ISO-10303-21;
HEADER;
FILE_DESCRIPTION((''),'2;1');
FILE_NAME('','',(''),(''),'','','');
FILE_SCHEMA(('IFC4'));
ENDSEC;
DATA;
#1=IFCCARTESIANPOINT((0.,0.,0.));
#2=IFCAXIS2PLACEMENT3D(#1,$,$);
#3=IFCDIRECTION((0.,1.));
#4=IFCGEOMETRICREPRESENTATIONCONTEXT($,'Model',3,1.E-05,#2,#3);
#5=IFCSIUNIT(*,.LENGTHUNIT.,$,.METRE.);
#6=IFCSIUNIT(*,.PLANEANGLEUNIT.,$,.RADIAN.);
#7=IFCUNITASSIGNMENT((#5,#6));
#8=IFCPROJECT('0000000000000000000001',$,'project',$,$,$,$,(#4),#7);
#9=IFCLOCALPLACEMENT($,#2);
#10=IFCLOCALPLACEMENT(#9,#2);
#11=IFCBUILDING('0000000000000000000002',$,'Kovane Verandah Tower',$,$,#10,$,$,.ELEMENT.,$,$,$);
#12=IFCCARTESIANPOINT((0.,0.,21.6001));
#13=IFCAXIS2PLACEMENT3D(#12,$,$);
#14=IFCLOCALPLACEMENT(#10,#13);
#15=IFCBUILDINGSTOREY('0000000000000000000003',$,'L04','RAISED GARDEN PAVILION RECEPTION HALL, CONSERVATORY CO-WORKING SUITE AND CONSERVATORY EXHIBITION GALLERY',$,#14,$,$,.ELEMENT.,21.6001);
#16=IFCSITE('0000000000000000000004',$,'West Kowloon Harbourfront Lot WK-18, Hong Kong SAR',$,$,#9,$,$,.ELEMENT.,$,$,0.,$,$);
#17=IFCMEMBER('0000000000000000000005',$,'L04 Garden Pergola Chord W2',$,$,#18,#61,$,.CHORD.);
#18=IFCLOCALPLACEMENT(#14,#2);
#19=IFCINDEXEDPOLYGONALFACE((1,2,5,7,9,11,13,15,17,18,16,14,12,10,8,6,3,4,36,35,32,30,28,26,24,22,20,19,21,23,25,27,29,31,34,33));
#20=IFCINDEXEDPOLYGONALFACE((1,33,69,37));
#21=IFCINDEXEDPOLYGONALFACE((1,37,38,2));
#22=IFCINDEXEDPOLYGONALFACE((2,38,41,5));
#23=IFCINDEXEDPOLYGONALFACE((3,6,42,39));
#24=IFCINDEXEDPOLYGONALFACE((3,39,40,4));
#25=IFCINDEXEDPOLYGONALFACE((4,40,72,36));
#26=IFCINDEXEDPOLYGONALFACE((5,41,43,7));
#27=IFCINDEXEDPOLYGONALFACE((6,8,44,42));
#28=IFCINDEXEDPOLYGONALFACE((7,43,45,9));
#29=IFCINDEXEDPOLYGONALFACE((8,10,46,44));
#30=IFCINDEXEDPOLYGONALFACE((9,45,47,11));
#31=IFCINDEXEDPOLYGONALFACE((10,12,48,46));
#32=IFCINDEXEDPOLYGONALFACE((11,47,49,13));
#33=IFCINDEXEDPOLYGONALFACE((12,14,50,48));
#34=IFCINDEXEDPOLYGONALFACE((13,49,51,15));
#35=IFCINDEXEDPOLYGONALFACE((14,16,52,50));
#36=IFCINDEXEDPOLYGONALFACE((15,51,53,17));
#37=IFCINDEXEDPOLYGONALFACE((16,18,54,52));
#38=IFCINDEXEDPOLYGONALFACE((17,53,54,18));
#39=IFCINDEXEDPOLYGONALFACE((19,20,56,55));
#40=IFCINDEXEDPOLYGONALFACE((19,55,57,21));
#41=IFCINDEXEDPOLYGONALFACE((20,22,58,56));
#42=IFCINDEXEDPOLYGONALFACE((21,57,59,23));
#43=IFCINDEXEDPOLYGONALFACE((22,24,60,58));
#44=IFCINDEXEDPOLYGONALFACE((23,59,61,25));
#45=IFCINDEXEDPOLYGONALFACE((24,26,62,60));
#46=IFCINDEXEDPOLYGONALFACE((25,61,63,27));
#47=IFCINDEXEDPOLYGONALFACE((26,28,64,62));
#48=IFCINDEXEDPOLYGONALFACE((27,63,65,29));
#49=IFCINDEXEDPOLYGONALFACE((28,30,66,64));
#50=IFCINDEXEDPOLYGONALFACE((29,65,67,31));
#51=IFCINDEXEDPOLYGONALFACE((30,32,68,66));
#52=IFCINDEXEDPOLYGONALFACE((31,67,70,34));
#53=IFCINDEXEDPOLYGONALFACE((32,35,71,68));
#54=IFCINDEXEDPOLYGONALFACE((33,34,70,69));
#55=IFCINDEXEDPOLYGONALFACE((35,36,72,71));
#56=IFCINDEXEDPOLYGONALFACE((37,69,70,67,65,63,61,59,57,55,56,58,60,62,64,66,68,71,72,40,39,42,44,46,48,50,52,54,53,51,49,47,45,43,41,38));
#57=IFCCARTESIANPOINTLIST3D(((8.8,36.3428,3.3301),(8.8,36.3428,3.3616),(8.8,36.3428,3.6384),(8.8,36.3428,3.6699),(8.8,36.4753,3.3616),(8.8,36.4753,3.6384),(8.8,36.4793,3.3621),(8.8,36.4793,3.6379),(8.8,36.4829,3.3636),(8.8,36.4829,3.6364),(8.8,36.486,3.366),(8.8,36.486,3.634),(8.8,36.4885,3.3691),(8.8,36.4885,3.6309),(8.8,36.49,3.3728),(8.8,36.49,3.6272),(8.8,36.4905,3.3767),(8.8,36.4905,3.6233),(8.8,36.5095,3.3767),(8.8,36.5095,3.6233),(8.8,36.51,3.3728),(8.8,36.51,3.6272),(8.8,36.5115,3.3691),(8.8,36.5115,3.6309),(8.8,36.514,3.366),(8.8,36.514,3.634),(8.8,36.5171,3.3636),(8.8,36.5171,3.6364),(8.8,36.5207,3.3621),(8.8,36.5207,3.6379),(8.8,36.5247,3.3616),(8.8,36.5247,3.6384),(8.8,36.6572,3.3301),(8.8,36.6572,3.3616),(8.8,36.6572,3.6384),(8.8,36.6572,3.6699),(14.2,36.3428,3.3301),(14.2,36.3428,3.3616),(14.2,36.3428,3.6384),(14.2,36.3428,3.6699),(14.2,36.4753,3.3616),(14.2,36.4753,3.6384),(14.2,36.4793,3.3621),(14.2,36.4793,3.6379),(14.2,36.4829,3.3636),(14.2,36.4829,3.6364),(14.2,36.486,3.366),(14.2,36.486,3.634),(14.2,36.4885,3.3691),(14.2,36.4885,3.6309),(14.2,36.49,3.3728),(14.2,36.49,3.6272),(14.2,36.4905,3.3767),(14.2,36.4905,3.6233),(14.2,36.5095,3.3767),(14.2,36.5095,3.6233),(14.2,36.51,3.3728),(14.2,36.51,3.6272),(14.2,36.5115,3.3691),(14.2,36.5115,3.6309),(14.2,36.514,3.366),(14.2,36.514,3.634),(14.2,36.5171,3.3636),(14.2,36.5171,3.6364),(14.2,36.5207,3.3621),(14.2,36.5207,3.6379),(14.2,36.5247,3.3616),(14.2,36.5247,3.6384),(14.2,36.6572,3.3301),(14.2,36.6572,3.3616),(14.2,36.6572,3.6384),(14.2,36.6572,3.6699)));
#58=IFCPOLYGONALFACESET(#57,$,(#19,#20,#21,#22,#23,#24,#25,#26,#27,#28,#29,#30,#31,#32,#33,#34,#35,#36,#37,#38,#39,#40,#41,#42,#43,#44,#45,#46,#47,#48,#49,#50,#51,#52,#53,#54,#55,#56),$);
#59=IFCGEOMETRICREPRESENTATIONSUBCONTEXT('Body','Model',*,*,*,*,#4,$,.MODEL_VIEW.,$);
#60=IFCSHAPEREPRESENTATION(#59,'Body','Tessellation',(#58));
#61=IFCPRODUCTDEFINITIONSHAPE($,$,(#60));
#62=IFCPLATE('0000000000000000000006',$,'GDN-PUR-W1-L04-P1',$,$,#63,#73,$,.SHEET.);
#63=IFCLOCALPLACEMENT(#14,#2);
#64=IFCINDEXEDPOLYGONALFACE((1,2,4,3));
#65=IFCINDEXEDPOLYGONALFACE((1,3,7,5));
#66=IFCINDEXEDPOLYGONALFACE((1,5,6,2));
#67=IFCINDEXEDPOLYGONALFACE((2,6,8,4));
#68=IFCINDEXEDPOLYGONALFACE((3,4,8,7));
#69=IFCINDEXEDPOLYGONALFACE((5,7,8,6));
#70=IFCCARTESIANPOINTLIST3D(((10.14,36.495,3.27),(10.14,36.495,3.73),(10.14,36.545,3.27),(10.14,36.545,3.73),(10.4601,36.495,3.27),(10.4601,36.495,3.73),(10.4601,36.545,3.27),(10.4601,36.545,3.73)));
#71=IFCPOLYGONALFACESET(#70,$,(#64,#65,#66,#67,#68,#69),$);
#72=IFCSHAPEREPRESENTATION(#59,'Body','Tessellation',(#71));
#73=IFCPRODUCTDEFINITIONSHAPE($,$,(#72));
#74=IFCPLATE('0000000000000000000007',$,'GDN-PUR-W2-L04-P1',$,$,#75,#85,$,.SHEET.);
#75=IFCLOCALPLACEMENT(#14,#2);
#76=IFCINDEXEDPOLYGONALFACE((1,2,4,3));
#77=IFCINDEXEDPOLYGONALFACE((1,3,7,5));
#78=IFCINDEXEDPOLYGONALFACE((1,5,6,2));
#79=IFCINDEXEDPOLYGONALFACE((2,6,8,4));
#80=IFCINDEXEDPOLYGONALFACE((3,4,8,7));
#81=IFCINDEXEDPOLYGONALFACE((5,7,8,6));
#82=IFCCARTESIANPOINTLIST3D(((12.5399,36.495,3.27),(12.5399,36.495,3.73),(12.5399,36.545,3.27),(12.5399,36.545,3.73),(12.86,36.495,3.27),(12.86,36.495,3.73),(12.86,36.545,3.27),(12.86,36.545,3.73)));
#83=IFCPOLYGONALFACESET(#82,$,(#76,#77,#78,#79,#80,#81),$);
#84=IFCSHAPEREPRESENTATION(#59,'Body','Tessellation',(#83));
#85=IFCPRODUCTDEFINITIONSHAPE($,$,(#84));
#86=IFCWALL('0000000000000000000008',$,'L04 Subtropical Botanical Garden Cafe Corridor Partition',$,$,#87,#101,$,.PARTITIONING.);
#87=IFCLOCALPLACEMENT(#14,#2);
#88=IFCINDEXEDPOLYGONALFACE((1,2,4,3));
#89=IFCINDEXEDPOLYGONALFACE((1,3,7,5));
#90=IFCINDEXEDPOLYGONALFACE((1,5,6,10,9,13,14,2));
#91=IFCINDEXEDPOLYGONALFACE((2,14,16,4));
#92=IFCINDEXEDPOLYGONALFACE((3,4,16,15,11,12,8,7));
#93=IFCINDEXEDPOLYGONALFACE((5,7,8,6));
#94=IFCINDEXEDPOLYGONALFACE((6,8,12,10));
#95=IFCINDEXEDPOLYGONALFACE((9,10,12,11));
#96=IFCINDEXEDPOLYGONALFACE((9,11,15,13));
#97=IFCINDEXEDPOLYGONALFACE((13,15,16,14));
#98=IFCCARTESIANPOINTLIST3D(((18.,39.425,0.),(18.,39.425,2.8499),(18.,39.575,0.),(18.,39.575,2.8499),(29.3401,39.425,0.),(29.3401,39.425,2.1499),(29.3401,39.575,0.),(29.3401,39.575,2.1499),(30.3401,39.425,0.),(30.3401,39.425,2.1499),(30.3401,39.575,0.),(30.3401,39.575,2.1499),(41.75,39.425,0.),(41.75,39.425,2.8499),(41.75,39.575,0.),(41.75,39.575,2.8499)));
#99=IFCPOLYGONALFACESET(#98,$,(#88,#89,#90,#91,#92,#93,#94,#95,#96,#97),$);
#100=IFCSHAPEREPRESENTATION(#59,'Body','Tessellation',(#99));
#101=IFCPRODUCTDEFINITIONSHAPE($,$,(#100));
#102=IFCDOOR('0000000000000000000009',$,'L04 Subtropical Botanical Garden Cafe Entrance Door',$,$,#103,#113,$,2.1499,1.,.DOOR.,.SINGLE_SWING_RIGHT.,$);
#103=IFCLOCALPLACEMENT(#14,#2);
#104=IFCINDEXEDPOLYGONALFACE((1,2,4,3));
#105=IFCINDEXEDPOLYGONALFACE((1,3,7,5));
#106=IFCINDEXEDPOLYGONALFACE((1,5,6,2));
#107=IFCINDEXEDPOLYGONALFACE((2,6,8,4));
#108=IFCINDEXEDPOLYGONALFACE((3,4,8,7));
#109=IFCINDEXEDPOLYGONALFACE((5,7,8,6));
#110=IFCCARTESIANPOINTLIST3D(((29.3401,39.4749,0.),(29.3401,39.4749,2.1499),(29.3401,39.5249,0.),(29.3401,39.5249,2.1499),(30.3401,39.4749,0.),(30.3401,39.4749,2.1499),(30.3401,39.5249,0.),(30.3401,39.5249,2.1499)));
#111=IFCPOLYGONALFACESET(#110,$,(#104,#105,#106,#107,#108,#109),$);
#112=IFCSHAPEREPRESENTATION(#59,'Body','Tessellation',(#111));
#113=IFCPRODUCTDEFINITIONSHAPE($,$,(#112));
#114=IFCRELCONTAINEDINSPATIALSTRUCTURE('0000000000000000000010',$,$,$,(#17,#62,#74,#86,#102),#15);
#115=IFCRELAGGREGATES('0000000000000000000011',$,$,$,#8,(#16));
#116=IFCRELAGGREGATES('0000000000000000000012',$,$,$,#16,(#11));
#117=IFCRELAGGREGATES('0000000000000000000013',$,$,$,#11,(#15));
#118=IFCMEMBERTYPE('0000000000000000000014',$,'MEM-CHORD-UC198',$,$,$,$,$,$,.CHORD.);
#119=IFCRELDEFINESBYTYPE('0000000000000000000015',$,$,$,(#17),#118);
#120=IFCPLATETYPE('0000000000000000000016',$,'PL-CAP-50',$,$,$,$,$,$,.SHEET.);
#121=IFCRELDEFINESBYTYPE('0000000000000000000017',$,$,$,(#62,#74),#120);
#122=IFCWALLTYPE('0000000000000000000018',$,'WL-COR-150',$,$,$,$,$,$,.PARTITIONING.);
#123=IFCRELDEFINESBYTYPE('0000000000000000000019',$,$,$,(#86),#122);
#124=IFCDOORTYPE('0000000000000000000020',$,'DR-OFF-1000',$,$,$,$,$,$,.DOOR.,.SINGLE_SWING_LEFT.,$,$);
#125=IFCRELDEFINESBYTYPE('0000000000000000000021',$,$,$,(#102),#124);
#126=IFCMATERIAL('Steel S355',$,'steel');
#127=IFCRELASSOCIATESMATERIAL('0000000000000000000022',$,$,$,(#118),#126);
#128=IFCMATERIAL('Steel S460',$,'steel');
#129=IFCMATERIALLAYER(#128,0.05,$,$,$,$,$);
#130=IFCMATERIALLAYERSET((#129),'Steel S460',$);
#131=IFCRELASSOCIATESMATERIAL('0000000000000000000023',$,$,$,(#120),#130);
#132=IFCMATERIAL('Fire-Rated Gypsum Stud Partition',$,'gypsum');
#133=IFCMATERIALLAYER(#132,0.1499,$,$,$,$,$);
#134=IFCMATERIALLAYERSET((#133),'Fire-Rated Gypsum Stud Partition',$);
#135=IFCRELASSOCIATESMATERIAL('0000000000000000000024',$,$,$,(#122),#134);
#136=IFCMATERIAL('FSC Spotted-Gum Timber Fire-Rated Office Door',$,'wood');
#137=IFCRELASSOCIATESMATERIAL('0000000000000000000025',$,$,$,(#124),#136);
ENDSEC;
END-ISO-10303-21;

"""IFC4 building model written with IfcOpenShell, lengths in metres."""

from ifc_helpers import new_model, si_unit, direction, frame, frame_2d, origin, origin_2d, place, context, subcontext, project, spatial, rectangle, i_section, extrude, material, layer, layer_set, material_profile, profile_set, type_object, element, fill, save


model = new_model("IFC4")

# Units and contexts
model_context = context("Model", 3, precision=1e-05, world=origin(), true_north=direction((0.0, 1.0)))
body_context = subcontext(model_context, "Body", "Model", "MODEL_VIEW")
ifc_project = project(units=[si_unit("LENGTHUNIT", "METRE"), si_unit("PLANEANGLEUNIT", "RADIAN")], contexts=[model_context])

# Site, building, storey
site_placement = place(None, origin())
site = spatial("IfcSite", under=ifc_project, at=site_placement, Name="West Kowloon Harbourfront Lot WK-18, Hong Kong SAR", CompositionType="ELEMENT", RefElevation=0.0)
building_placement = place(site_placement, origin())
building = spatial("IfcBuilding", under=site, at=building_placement, Name="Kovane Verandah Tower", CompositionType="ELEMENT")
storey_placement = place(building_placement, frame((0.0, 0.0, 21.6001)))
storey = spatial("IfcBuildingStorey", under=building, at=storey_placement, Name="L04", Description="RAISED GARDEN PAVILION RECEPTION HALL, CONSERVATORY CO-WORKING SUITE AND CONSERVATORY EXHIBITION GALLERY", CompositionType="ELEMENT", Elevation=21.6001)

# Shared definitions
ifc_material_1 = material(Name="Steel S355", Category="steel")
ifc_material_2 = material(Name="Steel S460", Category="steel")

# Member
ifc_material_profile_1 = material_profile(ifc_material_1, i_section(OverallWidth=0.3145, OverallDepth=0.3398, WebThickness=0.019, FlangeThickness=0.0315, FilletRadius=0.0151, at=origin_2d()), Name="UC305x305x198")
ifc_profile_set_1 = profile_set([ifc_material_profile_1], Name="Steel S355")
member_type = type_object("IfcMemberType", Name="MEM-CHORD-UC198", PredefinedType="CHORD", material=ifc_profile_set_1)
member_placement = place(storey_placement, frame((8.8, 36.5, 3.5), z_axis=(1.0, 0.0, 0.0), x_axis=(0.0, 1.0, 0.0)))
element("IfcMember", 1, at=member_placement, inside=storey, type_object=member_type, Name="L04 Garden Pergola Chord W2", PredefinedType="CHORD", context=body_context, shape_type="SweptSolid", body=[
    extrude(i_section(OverallWidth=0.3145, OverallDepth=0.3398, WebThickness=0.019, FlangeThickness=0.0315, FilletRadius=0.0151, at=origin_2d()), origin(), (0.0, 0.0, 1.0), 5.3999),
])

# Plates
ifc_layer_1 = layer(ifc_material_2, 0.05)
ifc_layer_set_1 = layer_set([ifc_layer_1], Name="Steel S460")
plate_type = type_object("IfcPlateType", Name="PL-CAP-50", PredefinedType="SHEET", material=ifc_layer_set_1)
for number, where, z_axis, x_axis, name in (
    (2, (10.3, 36.52, 3.27), (0.0, 0.0, 1.0), (0.0, 1.0, 0.0), "GDN-PUR-W1-L04-P1"),
    (3, (12.7, 36.52, 3.27), (0.0, 0.0, 1.0), (0.0, 1.0, 0.0), "GDN-PUR-W2-L04-P1"),
):
    element("IfcPlate", number, at=place(storey_placement, frame(where, z_axis=z_axis, x_axis=x_axis)), inside=storey, type_object=plate_type, Name=name, PredefinedType="SHEET", context=body_context, shape_type="SweptSolid", body=[
        extrude(rectangle(XDim=0.05, YDim=0.3201, at=origin_2d()), origin(), (0.0, 0.0, 1.0), 0.46),
    ])

# Wall, opening, door
ifc_material_3 = material(Name="Fire-Rated Gypsum Stud Partition", Category="gypsum")
ifc_layer_2 = layer(ifc_material_3, 0.1499)
ifc_layer_set_2 = layer_set([ifc_layer_2], Name="Fire-Rated Gypsum Stud Partition")
wall_type_1 = type_object("IfcWallType", Name="WL-COR-150", PredefinedType="PARTITIONING", material=ifc_layer_set_2)
wall_1_placement = place(storey_placement, frame((18.0, 39.5, 0.0), z_axis=(0.0, 0.0, 1.0), x_axis=(1.0, 0.0, 0.0)))
wall_1 = element("IfcWall", 4, at=wall_1_placement, inside=storey, type_object=wall_type_1, Name="L04 Subtropical Botanical Garden Cafe Corridor Partition", PredefinedType="PARTITIONING", context=body_context, shape_type="SweptSolid", body=[
    extrude(rectangle(XDim=23.75, YDim=0.1499, at=frame_2d((11.875, 0.0))), origin(), (0.0, 0.0, 1.0), 2.8499),
])
opening_1_placement = place(wall_1_placement, frame((11.3401, 0.0, 0.0)))
opening_1 = element("IfcOpeningElement", 5, at=opening_1_placement, cuts=wall_1, PredefinedType="OPENING", context=body_context, shape_type="SweptSolid", body=[
    extrude(rectangle(XDim=1.0, YDim=2.1499, at=frame_2d((0.5, 1.075))), frame((0.0, 0.075, 0.0), z_axis=(0.0, -1.0, 0.0), x_axis=(1.0, 0.0, 0.0)), (0.0, 0.0, 1.0), 0.1499),
])
ifc_material_4 = material(Name="FSC Spotted-Gum Timber Fire-Rated Office Door", Category="wood")
door_type_1 = type_object("IfcDoorType", Name="DR-OFF-1000", OperationType="SINGLE_SWING_LEFT", PredefinedType="DOOR", material=ifc_material_4)
door_1_placement = place(opening_1_placement, origin())
door_1 = element("IfcDoor", 6, at=door_1_placement, inside=storey, type_object=door_type_1, Name="L04 Subtropical Botanical Garden Cafe Entrance Door", OperationType="SINGLE_SWING_RIGHT", OverallHeight=2.1499, OverallWidth=1.0, PredefinedType="DOOR", context=body_context, shape_type="SweptSolid", body=[
    extrude(rectangle(XDim=1.0, YDim=2.1499, at=frame_2d((0.5, 1.075))), frame((0.0, 0.0249, 0.0), z_axis=(0.0, -1.0, 0.0), x_axis=(1.0, 0.0, 0.0)), (0.0, 0.0, 1.0), 0.05),
])
fill(opening_1, door_1)

save(model, "model.ifc")
